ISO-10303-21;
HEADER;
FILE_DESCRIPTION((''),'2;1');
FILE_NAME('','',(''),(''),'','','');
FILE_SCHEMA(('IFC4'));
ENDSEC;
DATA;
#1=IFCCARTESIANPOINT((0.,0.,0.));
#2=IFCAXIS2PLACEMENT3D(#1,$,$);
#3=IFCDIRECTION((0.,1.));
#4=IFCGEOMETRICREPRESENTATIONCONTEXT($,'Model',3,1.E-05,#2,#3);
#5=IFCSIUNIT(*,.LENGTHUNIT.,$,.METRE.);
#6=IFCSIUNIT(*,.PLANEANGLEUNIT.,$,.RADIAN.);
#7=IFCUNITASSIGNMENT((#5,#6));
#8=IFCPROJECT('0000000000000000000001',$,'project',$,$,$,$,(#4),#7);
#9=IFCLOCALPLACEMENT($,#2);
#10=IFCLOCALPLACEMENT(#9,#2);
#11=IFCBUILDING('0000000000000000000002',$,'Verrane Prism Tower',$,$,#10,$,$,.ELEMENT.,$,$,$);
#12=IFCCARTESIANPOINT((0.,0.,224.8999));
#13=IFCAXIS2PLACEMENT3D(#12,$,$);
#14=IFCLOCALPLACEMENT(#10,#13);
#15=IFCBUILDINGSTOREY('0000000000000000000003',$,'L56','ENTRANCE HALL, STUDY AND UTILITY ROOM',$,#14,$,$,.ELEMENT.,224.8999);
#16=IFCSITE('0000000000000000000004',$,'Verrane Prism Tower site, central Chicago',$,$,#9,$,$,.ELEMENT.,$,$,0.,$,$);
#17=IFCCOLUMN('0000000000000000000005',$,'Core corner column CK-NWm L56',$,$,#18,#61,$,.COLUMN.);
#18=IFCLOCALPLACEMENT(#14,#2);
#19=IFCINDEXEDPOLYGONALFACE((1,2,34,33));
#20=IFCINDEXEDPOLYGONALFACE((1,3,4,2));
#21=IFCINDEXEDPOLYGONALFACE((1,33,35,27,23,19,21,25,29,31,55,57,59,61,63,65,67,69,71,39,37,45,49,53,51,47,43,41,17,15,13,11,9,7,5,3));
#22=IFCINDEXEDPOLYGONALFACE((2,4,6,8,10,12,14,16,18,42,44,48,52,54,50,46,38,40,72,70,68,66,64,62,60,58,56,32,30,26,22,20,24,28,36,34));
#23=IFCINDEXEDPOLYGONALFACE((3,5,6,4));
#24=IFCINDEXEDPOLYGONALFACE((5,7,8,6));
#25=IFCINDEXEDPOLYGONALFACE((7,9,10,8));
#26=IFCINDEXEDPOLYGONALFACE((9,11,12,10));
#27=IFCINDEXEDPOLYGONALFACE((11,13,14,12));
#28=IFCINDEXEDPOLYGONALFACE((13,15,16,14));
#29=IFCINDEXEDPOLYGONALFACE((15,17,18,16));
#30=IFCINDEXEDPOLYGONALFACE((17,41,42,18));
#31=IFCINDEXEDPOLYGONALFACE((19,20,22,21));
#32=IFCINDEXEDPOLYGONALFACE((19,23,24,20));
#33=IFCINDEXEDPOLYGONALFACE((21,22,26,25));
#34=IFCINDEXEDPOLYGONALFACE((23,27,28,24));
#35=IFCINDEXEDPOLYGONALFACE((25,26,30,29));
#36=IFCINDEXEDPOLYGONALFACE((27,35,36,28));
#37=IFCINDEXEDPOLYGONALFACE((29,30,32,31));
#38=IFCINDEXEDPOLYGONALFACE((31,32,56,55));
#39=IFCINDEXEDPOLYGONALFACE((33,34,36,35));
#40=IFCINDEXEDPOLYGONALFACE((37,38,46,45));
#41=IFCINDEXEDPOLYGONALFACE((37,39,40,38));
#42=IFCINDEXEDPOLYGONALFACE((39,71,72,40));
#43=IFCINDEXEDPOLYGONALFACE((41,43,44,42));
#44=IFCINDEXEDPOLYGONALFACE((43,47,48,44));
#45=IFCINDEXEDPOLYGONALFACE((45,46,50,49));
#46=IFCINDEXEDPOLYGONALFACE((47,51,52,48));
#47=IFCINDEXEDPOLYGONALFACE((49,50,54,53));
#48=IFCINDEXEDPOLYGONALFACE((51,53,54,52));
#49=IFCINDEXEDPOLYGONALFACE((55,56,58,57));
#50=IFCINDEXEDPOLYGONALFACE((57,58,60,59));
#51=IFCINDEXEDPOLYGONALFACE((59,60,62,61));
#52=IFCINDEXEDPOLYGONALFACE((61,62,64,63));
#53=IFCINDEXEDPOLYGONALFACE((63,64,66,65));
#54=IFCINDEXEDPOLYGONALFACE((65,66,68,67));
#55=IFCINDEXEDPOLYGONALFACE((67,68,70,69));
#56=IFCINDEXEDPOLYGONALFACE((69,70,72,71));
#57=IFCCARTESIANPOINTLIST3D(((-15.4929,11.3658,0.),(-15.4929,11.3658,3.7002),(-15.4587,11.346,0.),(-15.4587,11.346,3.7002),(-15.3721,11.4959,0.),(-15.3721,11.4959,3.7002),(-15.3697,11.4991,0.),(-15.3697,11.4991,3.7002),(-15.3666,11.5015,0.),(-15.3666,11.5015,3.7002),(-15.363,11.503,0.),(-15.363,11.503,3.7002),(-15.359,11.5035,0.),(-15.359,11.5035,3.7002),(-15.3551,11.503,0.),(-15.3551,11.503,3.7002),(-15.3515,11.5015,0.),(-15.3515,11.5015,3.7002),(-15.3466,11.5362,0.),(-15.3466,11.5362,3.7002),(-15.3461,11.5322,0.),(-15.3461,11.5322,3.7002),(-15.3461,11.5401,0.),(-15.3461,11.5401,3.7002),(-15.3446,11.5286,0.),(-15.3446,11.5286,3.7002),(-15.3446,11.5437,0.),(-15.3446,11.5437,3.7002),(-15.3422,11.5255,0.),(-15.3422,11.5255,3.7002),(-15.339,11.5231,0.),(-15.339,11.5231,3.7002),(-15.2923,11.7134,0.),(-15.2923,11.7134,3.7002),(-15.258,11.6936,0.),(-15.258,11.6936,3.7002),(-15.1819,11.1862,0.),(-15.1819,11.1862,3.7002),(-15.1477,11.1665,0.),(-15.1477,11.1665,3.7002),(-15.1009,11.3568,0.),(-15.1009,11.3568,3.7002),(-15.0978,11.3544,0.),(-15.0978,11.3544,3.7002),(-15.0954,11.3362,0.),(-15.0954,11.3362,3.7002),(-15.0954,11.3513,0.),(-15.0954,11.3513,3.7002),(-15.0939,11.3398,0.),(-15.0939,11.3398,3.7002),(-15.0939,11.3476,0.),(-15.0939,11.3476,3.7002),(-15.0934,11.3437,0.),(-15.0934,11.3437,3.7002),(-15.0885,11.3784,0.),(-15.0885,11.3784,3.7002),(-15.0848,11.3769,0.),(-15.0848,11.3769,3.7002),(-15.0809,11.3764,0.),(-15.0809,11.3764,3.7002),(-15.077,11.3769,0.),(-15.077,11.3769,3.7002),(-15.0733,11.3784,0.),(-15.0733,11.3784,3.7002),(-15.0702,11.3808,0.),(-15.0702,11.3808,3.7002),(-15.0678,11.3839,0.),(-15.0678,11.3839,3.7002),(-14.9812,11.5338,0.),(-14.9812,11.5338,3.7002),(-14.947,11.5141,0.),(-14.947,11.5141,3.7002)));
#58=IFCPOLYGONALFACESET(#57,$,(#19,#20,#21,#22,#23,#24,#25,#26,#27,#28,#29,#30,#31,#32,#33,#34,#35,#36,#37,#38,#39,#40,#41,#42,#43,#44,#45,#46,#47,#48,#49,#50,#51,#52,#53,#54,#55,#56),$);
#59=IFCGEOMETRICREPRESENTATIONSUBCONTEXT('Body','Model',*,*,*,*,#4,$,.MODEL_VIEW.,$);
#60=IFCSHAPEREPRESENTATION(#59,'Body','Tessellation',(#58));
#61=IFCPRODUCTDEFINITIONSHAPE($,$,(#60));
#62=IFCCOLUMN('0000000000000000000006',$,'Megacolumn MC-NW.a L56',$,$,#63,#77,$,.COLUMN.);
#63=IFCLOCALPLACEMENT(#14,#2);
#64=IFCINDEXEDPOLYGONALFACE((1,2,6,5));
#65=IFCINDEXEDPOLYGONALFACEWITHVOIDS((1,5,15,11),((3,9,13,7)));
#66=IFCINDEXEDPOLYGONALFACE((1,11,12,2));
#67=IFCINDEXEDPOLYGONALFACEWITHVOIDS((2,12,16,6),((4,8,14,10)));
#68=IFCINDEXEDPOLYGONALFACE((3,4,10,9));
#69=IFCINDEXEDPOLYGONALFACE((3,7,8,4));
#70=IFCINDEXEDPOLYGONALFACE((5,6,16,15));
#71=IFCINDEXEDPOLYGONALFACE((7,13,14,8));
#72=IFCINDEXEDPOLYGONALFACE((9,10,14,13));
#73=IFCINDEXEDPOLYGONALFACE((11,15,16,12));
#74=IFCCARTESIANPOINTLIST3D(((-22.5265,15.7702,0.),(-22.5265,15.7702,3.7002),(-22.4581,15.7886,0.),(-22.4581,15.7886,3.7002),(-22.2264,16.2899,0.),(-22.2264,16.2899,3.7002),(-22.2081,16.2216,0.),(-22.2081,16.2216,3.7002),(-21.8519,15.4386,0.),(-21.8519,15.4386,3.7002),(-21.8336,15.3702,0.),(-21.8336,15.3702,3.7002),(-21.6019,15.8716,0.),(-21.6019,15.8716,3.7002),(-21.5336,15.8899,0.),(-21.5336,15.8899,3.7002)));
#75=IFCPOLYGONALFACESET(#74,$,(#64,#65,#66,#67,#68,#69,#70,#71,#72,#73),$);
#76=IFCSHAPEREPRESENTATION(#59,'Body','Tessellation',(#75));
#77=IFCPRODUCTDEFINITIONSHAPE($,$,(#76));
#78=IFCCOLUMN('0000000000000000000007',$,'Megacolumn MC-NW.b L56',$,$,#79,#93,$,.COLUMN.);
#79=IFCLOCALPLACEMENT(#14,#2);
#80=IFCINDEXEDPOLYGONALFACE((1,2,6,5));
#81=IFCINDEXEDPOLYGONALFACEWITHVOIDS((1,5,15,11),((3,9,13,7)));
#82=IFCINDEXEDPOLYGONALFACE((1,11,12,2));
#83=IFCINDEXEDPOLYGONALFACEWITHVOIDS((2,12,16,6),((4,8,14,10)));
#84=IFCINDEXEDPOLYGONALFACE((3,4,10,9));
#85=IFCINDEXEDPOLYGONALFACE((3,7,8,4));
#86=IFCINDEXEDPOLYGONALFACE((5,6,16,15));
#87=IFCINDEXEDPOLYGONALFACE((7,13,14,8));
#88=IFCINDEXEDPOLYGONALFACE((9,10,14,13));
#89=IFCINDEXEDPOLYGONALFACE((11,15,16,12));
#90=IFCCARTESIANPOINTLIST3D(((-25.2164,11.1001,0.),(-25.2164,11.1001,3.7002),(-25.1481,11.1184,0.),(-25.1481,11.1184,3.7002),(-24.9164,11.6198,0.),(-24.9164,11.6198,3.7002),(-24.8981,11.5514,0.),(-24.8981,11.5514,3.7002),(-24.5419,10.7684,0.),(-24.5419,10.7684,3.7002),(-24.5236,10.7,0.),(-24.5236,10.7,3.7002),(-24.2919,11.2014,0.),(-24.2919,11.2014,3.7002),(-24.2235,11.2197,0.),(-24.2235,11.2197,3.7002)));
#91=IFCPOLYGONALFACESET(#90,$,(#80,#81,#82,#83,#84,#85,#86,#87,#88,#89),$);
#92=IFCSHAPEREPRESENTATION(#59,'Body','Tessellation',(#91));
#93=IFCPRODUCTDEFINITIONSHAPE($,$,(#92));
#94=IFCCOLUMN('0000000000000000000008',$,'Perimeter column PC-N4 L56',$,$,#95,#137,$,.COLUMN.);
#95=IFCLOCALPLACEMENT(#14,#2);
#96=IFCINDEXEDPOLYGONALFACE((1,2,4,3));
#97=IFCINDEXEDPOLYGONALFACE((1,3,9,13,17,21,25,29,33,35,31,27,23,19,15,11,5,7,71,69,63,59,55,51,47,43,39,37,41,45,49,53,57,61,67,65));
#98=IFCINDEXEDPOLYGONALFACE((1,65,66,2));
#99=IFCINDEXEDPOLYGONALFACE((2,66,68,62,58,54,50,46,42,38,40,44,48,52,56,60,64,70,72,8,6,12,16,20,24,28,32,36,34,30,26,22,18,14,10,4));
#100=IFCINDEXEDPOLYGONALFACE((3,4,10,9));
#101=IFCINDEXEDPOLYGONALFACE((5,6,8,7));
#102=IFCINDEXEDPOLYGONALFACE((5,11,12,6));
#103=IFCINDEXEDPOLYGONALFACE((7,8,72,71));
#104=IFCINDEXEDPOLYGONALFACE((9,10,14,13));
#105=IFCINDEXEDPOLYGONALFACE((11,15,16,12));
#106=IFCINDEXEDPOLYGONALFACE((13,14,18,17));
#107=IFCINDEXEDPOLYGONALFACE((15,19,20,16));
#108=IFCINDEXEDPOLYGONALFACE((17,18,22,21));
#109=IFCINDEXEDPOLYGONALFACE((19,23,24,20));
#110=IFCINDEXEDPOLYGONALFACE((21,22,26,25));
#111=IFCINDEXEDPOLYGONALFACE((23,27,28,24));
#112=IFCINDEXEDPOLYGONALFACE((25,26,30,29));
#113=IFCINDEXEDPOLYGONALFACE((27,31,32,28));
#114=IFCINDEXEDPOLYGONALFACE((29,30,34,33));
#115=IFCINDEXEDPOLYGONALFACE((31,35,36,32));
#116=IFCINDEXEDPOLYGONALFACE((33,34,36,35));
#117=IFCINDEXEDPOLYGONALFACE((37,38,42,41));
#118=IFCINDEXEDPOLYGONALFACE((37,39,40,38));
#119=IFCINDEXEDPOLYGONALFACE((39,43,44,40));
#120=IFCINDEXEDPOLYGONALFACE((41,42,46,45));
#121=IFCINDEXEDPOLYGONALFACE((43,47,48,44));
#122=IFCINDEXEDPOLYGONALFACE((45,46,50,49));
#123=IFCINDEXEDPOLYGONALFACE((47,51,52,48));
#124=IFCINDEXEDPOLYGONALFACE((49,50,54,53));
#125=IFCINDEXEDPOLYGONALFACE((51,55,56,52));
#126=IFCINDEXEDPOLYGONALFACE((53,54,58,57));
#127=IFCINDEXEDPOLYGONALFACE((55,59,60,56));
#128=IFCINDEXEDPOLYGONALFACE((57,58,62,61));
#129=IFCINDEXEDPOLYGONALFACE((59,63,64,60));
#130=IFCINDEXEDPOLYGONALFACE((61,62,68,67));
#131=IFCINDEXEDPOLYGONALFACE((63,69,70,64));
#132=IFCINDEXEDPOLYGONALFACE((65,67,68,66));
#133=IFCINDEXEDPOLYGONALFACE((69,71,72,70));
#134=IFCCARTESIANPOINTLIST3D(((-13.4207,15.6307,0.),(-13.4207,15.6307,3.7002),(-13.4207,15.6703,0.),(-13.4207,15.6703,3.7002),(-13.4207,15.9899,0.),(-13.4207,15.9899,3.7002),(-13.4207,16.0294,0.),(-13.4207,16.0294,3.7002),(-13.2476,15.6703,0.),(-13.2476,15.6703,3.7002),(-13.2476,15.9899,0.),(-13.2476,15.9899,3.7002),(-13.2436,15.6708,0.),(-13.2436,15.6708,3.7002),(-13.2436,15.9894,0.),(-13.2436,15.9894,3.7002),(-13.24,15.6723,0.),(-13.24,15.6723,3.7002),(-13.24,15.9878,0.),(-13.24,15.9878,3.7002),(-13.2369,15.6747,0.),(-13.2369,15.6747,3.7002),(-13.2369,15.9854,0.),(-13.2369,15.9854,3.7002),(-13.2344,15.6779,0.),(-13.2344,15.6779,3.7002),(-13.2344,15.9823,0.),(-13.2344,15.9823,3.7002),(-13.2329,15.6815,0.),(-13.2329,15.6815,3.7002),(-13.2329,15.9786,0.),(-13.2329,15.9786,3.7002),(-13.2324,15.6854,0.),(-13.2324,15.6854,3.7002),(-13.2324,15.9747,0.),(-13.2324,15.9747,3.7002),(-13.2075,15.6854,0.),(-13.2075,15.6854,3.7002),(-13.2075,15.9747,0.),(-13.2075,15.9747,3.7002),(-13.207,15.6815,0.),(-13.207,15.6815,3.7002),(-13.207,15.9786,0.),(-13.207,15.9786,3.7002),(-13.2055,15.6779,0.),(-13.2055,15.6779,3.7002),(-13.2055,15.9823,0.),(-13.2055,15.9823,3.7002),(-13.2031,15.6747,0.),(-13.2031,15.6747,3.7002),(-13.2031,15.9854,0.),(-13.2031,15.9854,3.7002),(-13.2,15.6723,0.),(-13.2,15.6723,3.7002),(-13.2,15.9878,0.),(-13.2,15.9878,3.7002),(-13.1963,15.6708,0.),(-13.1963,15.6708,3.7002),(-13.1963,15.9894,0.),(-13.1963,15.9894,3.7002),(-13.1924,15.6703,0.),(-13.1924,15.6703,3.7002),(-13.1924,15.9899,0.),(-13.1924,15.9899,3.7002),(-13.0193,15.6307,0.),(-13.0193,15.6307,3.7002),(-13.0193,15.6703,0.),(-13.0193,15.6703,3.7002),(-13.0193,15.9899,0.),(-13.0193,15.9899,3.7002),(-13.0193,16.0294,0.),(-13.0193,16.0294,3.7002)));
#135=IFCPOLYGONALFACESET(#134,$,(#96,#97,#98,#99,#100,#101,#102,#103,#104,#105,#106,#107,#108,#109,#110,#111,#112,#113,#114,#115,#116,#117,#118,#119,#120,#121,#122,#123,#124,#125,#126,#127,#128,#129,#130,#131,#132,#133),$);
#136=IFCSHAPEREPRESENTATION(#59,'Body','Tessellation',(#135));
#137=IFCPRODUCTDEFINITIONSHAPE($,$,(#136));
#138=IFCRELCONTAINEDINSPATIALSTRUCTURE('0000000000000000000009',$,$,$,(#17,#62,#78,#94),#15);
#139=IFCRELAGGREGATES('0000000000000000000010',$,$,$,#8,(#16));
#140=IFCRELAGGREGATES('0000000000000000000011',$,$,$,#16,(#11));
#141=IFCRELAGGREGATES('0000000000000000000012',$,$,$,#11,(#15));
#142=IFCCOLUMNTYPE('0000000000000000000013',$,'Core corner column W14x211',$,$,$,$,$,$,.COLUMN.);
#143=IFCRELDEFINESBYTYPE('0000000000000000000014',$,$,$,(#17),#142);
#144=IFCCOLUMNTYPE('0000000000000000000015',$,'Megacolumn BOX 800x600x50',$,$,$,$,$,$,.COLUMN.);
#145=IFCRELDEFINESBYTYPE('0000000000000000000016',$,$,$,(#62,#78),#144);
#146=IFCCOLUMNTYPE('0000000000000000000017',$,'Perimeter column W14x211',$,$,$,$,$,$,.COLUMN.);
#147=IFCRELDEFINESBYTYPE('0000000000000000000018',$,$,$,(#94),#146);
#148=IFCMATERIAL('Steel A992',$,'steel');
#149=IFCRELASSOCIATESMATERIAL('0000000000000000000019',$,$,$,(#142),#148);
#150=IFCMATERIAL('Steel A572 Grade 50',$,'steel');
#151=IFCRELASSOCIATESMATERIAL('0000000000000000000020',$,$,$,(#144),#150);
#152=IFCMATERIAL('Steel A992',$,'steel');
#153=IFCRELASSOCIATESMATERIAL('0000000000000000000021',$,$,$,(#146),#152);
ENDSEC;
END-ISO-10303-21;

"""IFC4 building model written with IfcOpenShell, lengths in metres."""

from ifc_helpers import new_model, si_unit, direction, frame, origin, origin_2d, place, context, subcontext, project, spatial, hollow_rectangle, i_section, extrude, material, material_profile, profile_set, type_object, element, save


model = new_model("IFC4")

# Units and contexts
model_context = context("Model", 3, precision=1e-05, world=origin(), true_north=direction((0.0, 1.0)))
body_context = subcontext(model_context, "Body", "Model", "MODEL_VIEW")
ifc_project = project(units=[si_unit("LENGTHUNIT", "METRE"), si_unit("PLANEANGLEUNIT", "RADIAN")], contexts=[model_context])

# Site, building, storey
site_placement = place(None, origin())
site = spatial("IfcSite", under=ifc_project, at=site_placement, Name="Verrane Prism Tower site, central Chicago", CompositionType="ELEMENT", RefElevation=0.0)
building_placement = place(site_placement, origin())
building = spatial("IfcBuilding", under=site, at=building_placement, Name="Verrane Prism Tower", CompositionType="ELEMENT")
storey_placement = place(building_placement, frame((0.0, 0.0, 224.8999)))
storey = spatial("IfcBuildingStorey", under=building, at=storey_placement, Name="L56", Description="ENTRANCE HALL, STUDY AND UTILITY ROOM", CompositionType="ELEMENT", Elevation=224.8999)

# Columns
ifc_material_1 = material(Name="Steel A992", Category="steel")
ifc_material_profile_1 = material_profile(ifc_material_1, i_section(OverallWidth=0.4014, OverallDepth=0.3987, WebThickness=0.0249, FlangeThickness=0.0396, FilletRadius=0.0151, at=origin_2d()), Name="W14x211")
ifc_profile_set_1 = profile_set([ifc_material_profile_1], Name="Steel A992")
column_type_1 = type_object("IfcColumnType", Name="Core corner column W14x211", PredefinedType="COLUMN", material=ifc_profile_set_1)
column_1_placement = place(storey_placement, frame((-15.22, 11.4399, 0.0), z_axis=(0.0, 0.0, 1.0), x_axis=(0.5, 0.866025, 0.0)))
element("IfcColumn", 1, at=column_1_placement, inside=storey, type_object=column_type_1, Name="Core corner column CK-NWm L56", PredefinedType="COLUMN", context=body_context, shape_type="SweptSolid", body=[
    extrude(i_section(OverallWidth=0.4014, OverallDepth=0.3987, WebThickness=0.0249, FlangeThickness=0.0396, FilletRadius=0.0151, at=origin_2d()), origin(), (0.0, 0.0, 1.0), 3.7002),
])
ifc_material_2 = material(Name="Steel A572 Grade 50", Category="steel")
ifc_material_profile_2 = material_profile(ifc_material_2, hollow_rectangle(XDim=0.6001, YDim=0.8, WallThickness=0.05, at=origin_2d()), Name="BOX 800x600x50")
ifc_profile_set_2 = profile_set([ifc_material_profile_2], Name="Steel A572 Grade 50")
column_type_2 = type_object("IfcColumnType", Name="Megacolumn BOX 800x600x50", PredefinedType="COLUMN", material=ifc_profile_set_2)
for number, where, z_axis, x_axis, name in (
    (2, (-22.03, 15.8301, 0.0), (0.0, 0.0, 1.0), (0.5, 0.866025, 0.0), "Megacolumn MC-NW.a L56"),
    (3, (-24.72, 11.1599, 0.0), (0.0, 0.0, 1.0), (0.5, 0.866025, 0.0), "Megacolumn MC-NW.b L56"),
):
    element("IfcColumn", number, at=place(storey_placement, frame(where, z_axis=z_axis, x_axis=x_axis)), inside=storey, type_object=column_type_2, Name=name, PredefinedType="COLUMN", context=body_context, shape_type="SweptSolid", body=[
        extrude(hollow_rectangle(XDim=0.6001, YDim=0.8, WallThickness=0.05, at=origin_2d()), origin(), (0.0, 0.0, 1.0), 3.7002),
    ])
ifc_material_3 = material(Name="Steel A992", Category="steel")
ifc_material_profile_3 = material_profile(ifc_material_3, i_section(OverallWidth=0.4014, OverallDepth=0.3987, WebThickness=0.0249, FlangeThickness=0.0396, FilletRadius=0.0151, at=origin_2d()), Name="W14x211")
ifc_profile_set_3 = profile_set([ifc_material_profile_3], Name="Steel A992")
column_type_3 = type_object("IfcColumnType", Name="Perimeter column W14x211", PredefinedType="COLUMN", material=ifc_profile_set_3)
column_2_placement = place(storey_placement, frame((-13.22, 15.8301, 0.0), z_axis=(0.0, 0.0, 1.0), x_axis=(1.0, 0.0, 0.0)))
element("IfcColumn", 4, at=column_2_placement, inside=storey, type_object=column_type_3, Name="Perimeter column PC-N4 L56", PredefinedType="COLUMN", context=body_context, shape_type="SweptSolid", body=[
    extrude(i_section(OverallWidth=0.4014, OverallDepth=0.3987, WebThickness=0.0249, FlangeThickness=0.0396, FilletRadius=0.0151, at=origin_2d()), origin(), (0.0, 0.0, 1.0), 3.7002),
])

save(model, "model.ifc")
